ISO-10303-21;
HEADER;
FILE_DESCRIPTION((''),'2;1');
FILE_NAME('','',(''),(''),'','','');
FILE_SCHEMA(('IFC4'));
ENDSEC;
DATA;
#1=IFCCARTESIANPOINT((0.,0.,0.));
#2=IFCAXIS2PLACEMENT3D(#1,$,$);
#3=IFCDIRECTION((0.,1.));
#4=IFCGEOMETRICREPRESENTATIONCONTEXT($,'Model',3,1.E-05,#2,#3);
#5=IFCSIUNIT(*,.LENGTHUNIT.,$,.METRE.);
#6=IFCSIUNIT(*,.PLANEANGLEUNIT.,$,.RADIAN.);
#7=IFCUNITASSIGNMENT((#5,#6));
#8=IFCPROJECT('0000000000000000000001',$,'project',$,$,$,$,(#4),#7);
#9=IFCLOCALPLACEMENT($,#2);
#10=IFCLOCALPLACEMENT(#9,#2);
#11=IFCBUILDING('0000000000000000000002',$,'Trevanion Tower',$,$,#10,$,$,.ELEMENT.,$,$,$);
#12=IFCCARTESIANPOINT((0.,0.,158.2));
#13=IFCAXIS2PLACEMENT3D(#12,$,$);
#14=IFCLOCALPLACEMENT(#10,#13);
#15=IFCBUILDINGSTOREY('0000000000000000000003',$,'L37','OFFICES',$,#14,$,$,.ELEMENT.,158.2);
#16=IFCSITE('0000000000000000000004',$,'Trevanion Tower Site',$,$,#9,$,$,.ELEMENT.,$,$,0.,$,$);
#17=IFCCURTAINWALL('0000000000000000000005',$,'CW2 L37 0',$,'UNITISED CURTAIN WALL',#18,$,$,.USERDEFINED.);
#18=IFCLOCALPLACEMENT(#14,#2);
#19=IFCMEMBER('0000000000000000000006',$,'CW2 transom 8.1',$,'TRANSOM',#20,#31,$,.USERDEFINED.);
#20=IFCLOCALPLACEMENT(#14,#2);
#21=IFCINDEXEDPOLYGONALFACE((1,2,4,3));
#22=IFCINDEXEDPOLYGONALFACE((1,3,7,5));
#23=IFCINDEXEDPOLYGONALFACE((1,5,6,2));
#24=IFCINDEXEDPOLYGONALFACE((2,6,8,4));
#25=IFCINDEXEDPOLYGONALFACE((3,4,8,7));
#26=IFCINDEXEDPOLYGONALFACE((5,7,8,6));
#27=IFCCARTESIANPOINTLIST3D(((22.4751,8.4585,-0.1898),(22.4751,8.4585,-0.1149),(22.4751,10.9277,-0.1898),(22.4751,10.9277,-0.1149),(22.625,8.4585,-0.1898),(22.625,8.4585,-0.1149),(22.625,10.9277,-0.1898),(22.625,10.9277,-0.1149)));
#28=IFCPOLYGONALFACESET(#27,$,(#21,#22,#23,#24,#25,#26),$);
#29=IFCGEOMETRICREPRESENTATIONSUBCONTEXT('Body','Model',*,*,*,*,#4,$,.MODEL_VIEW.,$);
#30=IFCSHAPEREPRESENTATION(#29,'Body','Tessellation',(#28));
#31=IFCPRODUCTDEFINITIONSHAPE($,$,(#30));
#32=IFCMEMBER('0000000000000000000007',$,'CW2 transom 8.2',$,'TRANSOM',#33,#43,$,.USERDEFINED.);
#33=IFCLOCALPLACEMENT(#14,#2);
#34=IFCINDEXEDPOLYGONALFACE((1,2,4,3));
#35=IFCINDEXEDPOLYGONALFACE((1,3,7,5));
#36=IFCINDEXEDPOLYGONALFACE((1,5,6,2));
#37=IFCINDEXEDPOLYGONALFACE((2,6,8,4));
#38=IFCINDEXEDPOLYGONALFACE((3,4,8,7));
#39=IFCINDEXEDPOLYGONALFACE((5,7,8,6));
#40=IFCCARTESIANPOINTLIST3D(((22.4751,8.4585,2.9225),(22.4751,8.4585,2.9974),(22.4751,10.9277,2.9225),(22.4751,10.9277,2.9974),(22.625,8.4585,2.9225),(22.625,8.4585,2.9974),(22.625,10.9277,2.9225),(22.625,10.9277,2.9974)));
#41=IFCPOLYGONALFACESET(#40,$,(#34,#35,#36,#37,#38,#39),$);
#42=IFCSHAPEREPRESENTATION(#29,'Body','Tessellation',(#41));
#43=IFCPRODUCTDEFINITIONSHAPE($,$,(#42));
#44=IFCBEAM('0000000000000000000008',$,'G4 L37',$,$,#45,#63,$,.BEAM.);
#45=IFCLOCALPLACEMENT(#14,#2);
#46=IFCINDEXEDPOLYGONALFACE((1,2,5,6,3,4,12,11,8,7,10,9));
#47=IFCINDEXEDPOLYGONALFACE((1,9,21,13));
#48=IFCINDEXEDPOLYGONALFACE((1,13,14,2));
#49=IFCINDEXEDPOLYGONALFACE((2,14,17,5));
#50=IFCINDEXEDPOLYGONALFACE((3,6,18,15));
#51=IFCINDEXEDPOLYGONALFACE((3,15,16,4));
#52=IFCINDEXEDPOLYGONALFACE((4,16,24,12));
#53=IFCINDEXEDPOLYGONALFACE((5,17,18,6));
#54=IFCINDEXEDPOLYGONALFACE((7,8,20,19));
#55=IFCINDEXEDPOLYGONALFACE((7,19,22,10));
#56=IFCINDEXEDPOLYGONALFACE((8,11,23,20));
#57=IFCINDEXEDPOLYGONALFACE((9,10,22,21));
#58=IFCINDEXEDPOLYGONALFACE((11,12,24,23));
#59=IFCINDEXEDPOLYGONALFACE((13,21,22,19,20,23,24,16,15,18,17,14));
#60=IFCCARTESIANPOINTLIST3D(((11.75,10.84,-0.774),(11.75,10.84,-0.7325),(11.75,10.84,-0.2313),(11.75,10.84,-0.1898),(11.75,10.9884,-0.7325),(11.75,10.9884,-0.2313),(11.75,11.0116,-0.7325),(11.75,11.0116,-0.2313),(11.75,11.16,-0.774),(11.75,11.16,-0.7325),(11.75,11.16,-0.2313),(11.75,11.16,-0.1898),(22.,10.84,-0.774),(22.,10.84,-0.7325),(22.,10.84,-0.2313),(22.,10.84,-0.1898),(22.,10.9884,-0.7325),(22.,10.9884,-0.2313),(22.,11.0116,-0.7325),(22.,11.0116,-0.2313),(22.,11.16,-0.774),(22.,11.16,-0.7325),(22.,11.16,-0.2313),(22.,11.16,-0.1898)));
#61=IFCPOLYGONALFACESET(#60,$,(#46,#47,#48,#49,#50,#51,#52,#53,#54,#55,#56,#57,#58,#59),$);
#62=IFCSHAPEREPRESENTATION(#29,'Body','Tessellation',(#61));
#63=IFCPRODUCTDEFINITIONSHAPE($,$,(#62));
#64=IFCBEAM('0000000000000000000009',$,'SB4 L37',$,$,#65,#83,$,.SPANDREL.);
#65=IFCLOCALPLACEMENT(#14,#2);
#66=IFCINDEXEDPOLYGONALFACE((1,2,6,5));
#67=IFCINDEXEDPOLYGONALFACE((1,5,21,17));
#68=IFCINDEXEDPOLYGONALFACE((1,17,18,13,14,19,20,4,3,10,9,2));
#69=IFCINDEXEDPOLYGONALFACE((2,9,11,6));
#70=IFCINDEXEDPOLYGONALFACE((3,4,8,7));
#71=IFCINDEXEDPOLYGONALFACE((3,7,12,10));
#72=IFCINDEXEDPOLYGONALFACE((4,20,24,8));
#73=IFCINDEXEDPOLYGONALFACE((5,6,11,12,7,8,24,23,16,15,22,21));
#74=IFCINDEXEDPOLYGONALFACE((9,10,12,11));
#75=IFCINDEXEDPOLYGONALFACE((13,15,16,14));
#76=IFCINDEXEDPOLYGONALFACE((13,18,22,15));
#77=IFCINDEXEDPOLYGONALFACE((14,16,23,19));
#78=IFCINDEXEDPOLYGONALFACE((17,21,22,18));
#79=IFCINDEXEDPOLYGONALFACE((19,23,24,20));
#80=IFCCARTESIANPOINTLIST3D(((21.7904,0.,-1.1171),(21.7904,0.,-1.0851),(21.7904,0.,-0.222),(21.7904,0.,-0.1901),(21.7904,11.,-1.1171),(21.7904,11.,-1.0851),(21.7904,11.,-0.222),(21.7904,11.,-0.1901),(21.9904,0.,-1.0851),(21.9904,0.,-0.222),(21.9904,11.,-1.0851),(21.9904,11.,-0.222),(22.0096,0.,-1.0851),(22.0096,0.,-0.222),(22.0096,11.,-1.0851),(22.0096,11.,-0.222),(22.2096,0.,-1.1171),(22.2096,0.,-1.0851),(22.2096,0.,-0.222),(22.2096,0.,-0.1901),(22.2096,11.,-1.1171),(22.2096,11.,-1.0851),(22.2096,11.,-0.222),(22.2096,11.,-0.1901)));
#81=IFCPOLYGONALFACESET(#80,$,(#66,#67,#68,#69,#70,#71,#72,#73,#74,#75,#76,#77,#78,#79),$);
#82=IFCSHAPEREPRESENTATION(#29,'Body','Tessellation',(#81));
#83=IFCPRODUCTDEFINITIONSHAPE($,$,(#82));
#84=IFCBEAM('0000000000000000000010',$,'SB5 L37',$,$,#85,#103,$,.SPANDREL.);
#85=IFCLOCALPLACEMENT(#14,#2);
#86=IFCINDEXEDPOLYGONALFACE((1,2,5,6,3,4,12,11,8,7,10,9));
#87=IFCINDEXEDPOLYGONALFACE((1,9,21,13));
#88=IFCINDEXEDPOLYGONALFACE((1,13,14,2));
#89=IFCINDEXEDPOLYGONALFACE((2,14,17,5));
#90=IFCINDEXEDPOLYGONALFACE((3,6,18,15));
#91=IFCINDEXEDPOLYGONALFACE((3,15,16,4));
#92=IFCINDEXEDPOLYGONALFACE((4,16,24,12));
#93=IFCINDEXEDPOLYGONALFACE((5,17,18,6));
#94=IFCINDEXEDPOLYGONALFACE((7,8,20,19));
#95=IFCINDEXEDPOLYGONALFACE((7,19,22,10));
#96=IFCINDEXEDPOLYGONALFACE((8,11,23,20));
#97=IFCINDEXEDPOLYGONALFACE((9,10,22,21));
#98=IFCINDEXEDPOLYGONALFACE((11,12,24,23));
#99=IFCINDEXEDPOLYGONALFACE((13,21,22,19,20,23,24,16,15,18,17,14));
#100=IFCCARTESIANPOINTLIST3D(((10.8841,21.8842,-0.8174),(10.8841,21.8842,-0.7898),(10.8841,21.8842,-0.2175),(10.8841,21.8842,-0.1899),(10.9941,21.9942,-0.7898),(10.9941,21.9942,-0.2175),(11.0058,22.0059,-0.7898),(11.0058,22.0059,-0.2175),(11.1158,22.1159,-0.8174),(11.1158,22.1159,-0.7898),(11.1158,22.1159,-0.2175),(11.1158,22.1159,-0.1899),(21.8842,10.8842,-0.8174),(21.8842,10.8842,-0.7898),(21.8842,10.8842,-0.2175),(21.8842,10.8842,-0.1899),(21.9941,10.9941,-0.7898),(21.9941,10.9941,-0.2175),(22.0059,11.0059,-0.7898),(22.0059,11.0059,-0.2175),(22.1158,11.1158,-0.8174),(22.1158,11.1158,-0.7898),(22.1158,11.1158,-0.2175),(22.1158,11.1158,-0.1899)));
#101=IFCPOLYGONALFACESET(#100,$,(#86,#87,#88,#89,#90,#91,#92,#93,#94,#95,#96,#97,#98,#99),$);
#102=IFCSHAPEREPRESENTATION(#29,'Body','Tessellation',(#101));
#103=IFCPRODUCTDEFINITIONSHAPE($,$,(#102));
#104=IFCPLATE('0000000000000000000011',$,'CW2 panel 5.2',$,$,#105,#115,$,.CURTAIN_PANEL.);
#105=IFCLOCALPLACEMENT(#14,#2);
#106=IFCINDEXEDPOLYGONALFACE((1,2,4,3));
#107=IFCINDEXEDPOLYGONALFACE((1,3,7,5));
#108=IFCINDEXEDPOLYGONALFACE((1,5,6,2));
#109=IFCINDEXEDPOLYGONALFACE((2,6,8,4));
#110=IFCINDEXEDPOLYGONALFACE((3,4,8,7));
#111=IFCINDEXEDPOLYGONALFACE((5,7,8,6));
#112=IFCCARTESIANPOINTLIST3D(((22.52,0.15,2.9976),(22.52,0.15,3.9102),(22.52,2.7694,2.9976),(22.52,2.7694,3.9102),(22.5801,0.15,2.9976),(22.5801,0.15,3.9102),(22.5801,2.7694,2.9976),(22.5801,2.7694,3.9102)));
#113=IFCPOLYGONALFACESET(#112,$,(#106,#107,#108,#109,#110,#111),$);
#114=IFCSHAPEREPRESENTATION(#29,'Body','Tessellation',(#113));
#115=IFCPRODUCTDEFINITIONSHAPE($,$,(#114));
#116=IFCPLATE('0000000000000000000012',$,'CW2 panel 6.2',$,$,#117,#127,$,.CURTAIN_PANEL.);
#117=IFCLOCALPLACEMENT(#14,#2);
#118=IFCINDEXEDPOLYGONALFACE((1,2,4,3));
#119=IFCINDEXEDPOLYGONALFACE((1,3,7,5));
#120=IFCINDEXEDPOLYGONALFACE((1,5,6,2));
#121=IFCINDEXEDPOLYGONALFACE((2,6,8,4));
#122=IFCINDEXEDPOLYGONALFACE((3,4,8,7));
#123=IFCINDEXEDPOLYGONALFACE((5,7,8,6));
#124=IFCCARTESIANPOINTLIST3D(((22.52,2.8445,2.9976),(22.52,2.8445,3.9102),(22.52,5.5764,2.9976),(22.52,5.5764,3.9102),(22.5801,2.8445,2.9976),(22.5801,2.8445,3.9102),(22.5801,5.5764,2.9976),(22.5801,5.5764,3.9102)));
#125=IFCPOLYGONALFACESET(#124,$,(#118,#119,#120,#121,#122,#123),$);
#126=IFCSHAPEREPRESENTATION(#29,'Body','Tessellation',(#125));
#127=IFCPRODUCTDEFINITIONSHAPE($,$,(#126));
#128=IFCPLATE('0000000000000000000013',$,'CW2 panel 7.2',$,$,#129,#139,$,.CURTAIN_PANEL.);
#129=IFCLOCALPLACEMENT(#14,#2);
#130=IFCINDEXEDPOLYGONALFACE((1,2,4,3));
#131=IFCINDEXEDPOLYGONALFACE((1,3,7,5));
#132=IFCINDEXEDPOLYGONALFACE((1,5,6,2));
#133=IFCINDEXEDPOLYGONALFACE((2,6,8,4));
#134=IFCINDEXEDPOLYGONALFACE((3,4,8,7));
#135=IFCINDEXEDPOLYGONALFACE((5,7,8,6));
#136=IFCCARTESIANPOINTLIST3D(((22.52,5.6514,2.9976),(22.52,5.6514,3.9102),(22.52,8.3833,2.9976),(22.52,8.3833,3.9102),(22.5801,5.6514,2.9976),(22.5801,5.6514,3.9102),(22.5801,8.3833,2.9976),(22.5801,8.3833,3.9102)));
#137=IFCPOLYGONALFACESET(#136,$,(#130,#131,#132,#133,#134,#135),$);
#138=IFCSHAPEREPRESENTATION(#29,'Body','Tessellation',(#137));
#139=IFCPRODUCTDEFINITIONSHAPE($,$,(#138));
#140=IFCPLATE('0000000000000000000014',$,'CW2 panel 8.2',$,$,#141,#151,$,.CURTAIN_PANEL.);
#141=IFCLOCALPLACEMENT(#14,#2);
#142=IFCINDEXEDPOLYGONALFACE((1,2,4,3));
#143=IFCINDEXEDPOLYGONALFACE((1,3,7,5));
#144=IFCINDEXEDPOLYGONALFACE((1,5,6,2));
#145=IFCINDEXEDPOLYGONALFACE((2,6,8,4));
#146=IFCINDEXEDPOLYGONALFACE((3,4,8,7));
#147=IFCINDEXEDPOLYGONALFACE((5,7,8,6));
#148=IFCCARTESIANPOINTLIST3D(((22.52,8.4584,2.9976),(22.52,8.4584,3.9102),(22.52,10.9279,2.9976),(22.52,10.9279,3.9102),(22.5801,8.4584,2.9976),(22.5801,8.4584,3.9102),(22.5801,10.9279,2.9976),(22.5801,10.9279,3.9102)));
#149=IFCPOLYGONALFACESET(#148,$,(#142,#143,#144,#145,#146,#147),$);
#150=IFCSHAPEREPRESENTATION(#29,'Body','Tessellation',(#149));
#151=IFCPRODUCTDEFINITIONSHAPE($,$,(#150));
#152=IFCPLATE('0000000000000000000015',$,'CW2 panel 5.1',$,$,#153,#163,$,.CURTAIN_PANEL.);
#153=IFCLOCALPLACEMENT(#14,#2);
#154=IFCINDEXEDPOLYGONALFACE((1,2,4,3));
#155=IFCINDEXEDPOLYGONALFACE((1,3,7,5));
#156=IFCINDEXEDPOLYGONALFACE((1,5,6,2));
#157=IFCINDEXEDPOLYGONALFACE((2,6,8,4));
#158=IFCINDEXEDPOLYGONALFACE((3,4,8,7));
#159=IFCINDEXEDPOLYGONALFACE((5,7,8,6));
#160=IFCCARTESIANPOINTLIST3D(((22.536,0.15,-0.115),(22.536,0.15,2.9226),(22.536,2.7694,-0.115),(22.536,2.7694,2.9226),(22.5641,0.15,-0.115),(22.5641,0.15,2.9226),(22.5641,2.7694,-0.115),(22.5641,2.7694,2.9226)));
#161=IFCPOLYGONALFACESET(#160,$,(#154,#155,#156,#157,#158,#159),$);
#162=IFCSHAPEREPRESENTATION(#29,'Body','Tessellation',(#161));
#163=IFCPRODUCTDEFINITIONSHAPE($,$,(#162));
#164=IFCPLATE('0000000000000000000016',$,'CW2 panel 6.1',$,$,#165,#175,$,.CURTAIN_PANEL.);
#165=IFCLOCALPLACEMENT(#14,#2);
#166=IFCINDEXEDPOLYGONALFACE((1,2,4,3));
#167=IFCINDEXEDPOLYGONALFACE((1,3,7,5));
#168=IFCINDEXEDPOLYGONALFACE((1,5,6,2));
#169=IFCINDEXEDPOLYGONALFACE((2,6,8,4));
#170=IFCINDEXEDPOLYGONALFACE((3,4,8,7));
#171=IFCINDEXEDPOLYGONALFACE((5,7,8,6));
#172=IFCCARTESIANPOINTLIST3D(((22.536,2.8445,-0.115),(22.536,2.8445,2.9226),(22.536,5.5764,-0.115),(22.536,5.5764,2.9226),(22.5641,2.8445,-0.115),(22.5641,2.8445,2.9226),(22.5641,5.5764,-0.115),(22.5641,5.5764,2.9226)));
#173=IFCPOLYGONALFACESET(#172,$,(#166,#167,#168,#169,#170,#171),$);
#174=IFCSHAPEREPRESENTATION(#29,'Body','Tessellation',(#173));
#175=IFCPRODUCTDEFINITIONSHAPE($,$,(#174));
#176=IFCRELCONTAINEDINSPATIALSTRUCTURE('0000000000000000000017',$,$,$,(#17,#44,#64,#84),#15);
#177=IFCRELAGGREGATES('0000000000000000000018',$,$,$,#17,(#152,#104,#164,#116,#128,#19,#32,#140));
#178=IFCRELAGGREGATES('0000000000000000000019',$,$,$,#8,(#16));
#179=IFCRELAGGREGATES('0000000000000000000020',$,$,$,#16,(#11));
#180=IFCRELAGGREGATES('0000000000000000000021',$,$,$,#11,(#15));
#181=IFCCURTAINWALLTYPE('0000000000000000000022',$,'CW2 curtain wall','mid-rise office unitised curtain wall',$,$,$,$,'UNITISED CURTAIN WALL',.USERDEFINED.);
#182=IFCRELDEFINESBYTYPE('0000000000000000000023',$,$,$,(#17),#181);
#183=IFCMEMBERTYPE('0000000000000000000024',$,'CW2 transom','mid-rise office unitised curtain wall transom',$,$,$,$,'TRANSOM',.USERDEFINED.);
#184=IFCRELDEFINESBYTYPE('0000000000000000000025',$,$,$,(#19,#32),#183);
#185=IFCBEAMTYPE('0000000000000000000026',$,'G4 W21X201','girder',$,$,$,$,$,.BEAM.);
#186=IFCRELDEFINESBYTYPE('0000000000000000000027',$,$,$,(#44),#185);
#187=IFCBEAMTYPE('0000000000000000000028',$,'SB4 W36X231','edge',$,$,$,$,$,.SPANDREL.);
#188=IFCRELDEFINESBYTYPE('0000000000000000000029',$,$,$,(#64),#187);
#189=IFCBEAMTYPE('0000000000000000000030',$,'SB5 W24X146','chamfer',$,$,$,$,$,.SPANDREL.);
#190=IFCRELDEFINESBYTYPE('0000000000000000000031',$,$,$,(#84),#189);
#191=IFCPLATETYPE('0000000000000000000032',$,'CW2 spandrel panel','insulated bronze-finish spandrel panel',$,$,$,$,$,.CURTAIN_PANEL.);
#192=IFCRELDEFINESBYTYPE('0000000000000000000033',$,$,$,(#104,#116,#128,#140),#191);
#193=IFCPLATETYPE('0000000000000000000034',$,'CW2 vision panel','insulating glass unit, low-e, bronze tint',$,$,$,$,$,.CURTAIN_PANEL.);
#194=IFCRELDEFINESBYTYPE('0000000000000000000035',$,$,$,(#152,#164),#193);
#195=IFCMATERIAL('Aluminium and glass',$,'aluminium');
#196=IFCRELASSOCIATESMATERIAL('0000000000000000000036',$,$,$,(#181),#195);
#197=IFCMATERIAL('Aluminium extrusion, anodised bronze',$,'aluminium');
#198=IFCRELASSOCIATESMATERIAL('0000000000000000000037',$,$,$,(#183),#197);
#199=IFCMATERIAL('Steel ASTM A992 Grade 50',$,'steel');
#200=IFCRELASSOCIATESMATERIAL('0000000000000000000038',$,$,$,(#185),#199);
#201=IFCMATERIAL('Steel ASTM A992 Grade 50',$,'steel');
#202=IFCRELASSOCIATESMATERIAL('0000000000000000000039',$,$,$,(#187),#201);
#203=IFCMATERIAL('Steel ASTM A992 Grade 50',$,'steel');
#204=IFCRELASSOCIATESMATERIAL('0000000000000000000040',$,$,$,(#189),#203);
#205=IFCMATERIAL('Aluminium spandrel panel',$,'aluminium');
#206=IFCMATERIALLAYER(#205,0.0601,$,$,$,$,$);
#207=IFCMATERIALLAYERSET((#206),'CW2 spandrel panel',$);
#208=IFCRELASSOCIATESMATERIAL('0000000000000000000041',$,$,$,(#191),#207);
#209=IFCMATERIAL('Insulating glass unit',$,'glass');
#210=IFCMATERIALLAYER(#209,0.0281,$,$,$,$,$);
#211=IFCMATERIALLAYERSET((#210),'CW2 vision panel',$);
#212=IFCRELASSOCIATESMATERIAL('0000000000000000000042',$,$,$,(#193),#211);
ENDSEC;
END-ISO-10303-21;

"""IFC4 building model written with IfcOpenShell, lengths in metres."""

from ifc_helpers import new_model, si_unit, direction, frame, origin, origin_2d, place, context, subcontext, project, spatial, rectangle, i_section, extrude, material, layer, layer_set, material_profile, profile_set, type_object, element, aggregate, save


model = new_model("IFC4")

# Units and contexts
model_context = context("Model", 3, precision=1e-05, world=origin(), true_north=direction((0.0, 1.0)))
body_context = subcontext(model_context, "Body", "Model", "MODEL_VIEW")
ifc_project = project(units=[si_unit("LENGTHUNIT", "METRE"), si_unit("PLANEANGLEUNIT", "RADIAN")], contexts=[model_context])

# Site, building, storey
site_placement = place(None, origin())
site = spatial("IfcSite", under=ifc_project, at=site_placement, Name="Trevanion Tower Site", CompositionType="ELEMENT", RefElevation=0.0)
building_placement = place(site_placement, origin())
building = spatial("IfcBuilding", under=site, at=building_placement, Name="Trevanion Tower", CompositionType="ELEMENT")
storey_placement = place(building_placement, frame((0.0, 0.0, 158.2)))
storey = spatial("IfcBuildingStorey", under=building, at=storey_placement, Name="L37", Description="OFFICES", CompositionType="ELEMENT", Elevation=158.2)

# Curtain wall, members
ifc_material_1 = material(Name="Aluminium and glass", Category="aluminium")
curtain_wall_type = type_object("IfcCurtainWallType", Name="CW2 curtain wall", Description="mid-rise office unitised curtain wall", ElementType="UNITISED CURTAIN WALL", PredefinedType="USERDEFINED", material=ifc_material_1)
curtain_wall_placement = place(storey_placement, origin())
curtain_wall = element("IfcCurtainWall", 1, at=curtain_wall_placement, inside=storey, type_object=curtain_wall_type, Name="CW2 L37 0", ObjectType="UNITISED CURTAIN WALL", PredefinedType="USERDEFINED")
ifc_material_2 = material(Name="Aluminium extrusion, anodised bronze", Category="aluminium")
ifc_material_profile_1 = material_profile(ifc_material_2, rectangle(XDim=0.1499, YDim=0.075, at=origin_2d()), Name="CW2 transom")
ifc_profile_set_1 = profile_set([ifc_material_profile_1], Name="Aluminium extrusion, anodised bronze")
member_type_1 = type_object("IfcMemberType", Name="CW2 transom", Description="mid-rise office unitised curtain wall transom", ElementType="TRANSOM", PredefinedType="USERDEFINED", material=ifc_profile_set_1)
member_1_placement = place(storey_placement, frame((22.55, 8.4585, -0.1523), z_axis=(0.0, 1.0, 0.0), x_axis=(-1.0, 0.0, 0.0)))
member_1 = element("IfcMember", 2, at=member_1_placement, type_object=member_type_1, Name="CW2 transom 8.1", ObjectType="TRANSOM", PredefinedType="USERDEFINED", context=body_context, shape_type="SweptSolid", body=[
    extrude(rectangle(XDim=0.1499, YDim=0.075, at=origin_2d()), origin(), (0.0, 0.0, 1.0), 2.4692),
])
member_2_placement = place(storey_placement, frame((22.55, 8.4585, 2.96), z_axis=(0.0, 1.0, 0.0), x_axis=(-1.0, 0.0, 0.0)))
member_2 = element("IfcMember", 3, at=member_2_placement, type_object=member_type_1, Name="CW2 transom 8.2", ObjectType="TRANSOM", PredefinedType="USERDEFINED", context=body_context, shape_type="SweptSolid", body=[
    extrude(rectangle(XDim=0.1499, YDim=0.075, at=origin_2d()), origin(), (0.0, 0.0, 1.0), 2.4692),
])

# Beams
ifc_material_3 = material(Name="Steel ASTM A992 Grade 50", Category="steel")
ifc_material_profile_2 = material_profile(ifc_material_3, i_section(OverallWidth=0.3201, OverallDepth=0.5842, WebThickness=0.0232, FlangeThickness=0.0415, at=origin_2d()), Name="W21X201")
ifc_profile_set_2 = profile_set([ifc_material_profile_2], Name="Steel ASTM A992 Grade 50")
beam_type_1 = type_object("IfcBeamType", Name="G4 W21X201", Description="girder", PredefinedType="BEAM", material=ifc_profile_set_2)
beam_1_placement = place(storey_placement, frame((11.75, 11.0, -0.4819), z_axis=(1.0, 0.0, 0.0), x_axis=(0.0, 1.0, 0.0)))
element("IfcBeam", 4, at=beam_1_placement, inside=storey, type_object=beam_type_1, Name="G4 L37", PredefinedType="BEAM", context=body_context, shape_type="SweptSolid", body=[
    extrude(i_section(OverallWidth=0.3201, OverallDepth=0.5842, WebThickness=0.0232, FlangeThickness=0.0415, at=origin_2d()), origin(), (0.0, 0.0, 1.0), 10.25),
])
ifc_material_4 = material(Name="Steel ASTM A992 Grade 50", Category="steel")
ifc_material_profile_3 = material_profile(ifc_material_4, i_section(OverallWidth=0.4192, OverallDepth=0.927, WebThickness=0.0193, FlangeThickness=0.032, at=origin_2d()), Name="W36X231")
ifc_profile_set_3 = profile_set([ifc_material_profile_3], Name="Steel ASTM A992 Grade 50")
beam_type_2 = type_object("IfcBeamType", Name="SB4 W36X231", Description="edge", PredefinedType="SPANDREL", material=ifc_profile_set_3)
beam_2_placement = place(storey_placement, frame((22.0, 0.0, -0.6536), z_axis=(0.0, 1.0, 0.0), x_axis=(-1.0, 0.0, 0.0)))
element("IfcBeam", 5, at=beam_2_placement, inside=storey, type_object=beam_type_2, Name="SB4 L37", PredefinedType="SPANDREL", context=body_context, shape_type="SweptSolid", body=[
    extrude(i_section(OverallWidth=0.4192, OverallDepth=0.927, WebThickness=0.0193, FlangeThickness=0.032, at=origin_2d()), origin(), (0.0, 0.0, 1.0), 11.0),
])
ifc_material_5 = material(Name="Steel ASTM A992 Grade 50", Category="steel")
ifc_material_profile_4 = material_profile(ifc_material_5, i_section(OverallWidth=0.3276, OverallDepth=0.6274, WebThickness=0.0166, FlangeThickness=0.0276, at=origin_2d()), Name="W24X146")
ifc_profile_set_4 = profile_set([ifc_material_profile_4], Name="Steel ASTM A992 Grade 50")
beam_type_3 = type_object("IfcBeamType", Name="SB5 W24X146", Description="chamfer", PredefinedType="SPANDREL", material=ifc_profile_set_4)
beam_3_placement = place(storey_placement, frame((22.0, 11.0, -0.5037), z_axis=(-0.707107, 0.707107, 0.0), x_axis=(-0.707107, -0.707107, 0.0)))
element("IfcBeam", 6, at=beam_3_placement, inside=storey, type_object=beam_type_3, Name="SB5 L37", PredefinedType="SPANDREL", context=body_context, shape_type="SweptSolid", body=[
    extrude(i_section(OverallWidth=0.3276, OverallDepth=0.6274, WebThickness=0.0166, FlangeThickness=0.0276, at=origin_2d()), origin(), (0.0, 0.0, 1.0), 15.5564),
])

# Plates
ifc_material_6 = material(Name="Aluminium spandrel panel", Category="aluminium")
ifc_layer_1 = layer(ifc_material_6, 0.0601)
ifc_layer_set_1 = layer_set([ifc_layer_1], Name="CW2 spandrel panel")
plate_type_1 = type_object("IfcPlateType", Name="CW2 spandrel panel", Description="insulated bronze-finish spandrel panel", PredefinedType="CURTAIN_PANEL", material=ifc_layer_set_1)
plate_1_placement = place(storey_placement, frame((22.55, 1.4597, 2.9976), z_axis=(0.0, 0.0, 1.0), x_axis=(0.0, 1.0, 0.0)))
plate_1 = element("IfcPlate", 7, at=plate_1_placement, type_object=plate_type_1, Name="CW2 panel 5.2", PredefinedType="CURTAIN_PANEL", context=body_context, shape_type="SweptSolid", body=[
    extrude(rectangle(XDim=2.6194, YDim=0.0601, at=origin_2d()), origin(), (0.0, 0.0, 1.0), 0.9126),
])
plate_2_placement = place(storey_placement, frame((22.55, 4.2104, 2.9976), z_axis=(0.0, 0.0, 1.0), x_axis=(0.0, 1.0, 0.0)))
plate_2 = element("IfcPlate", 8, at=plate_2_placement, type_object=plate_type_1, Name="CW2 panel 6.2", PredefinedType="CURTAIN_PANEL", context=body_context, shape_type="SweptSolid", body=[
    extrude(rectangle(XDim=2.7319, YDim=0.0601, at=origin_2d()), origin(), (0.0, 0.0, 1.0), 0.9126),
])
plate_3_placement = place(storey_placement, frame((22.55, 7.0173, 2.9976), z_axis=(0.0, 0.0, 1.0), x_axis=(0.0, 1.0, 0.0)))
plate_3 = element("IfcPlate", 9, at=plate_3_placement, type_object=plate_type_1, Name="CW2 panel 7.2", PredefinedType="CURTAIN_PANEL", context=body_context, shape_type="SweptSolid", body=[
    extrude(rectangle(XDim=2.7319, YDim=0.0601, at=origin_2d()), origin(), (0.0, 0.0, 1.0), 0.9126),
])
plate_4_placement = place(storey_placement, frame((22.55, 9.6931, 2.9976), z_axis=(0.0, 0.0, 1.0), x_axis=(0.0, 1.0, 0.0)))
plate_4 = element("IfcPlate", 10, at=plate_4_placement, type_object=plate_type_1, Name="CW2 panel 8.2", PredefinedType="CURTAIN_PANEL", context=body_context, shape_type="SweptSolid", body=[
    extrude(rectangle(XDim=2.4695, YDim=0.0601, at=origin_2d()), origin(), (0.0, 0.0, 1.0), 0.9126),
])
ifc_material_7 = material(Name="Insulating glass unit", Category="glass")
ifc_layer_2 = layer(ifc_material_7, 0.0281)
ifc_layer_set_2 = layer_set([ifc_layer_2], Name="CW2 vision panel")
plate_type_2 = type_object("IfcPlateType", Name="CW2 vision panel", Description="insulating glass unit, low-e, bronze tint", PredefinedType="CURTAIN_PANEL", material=ifc_layer_set_2)
plate_5_placement = place(storey_placement, frame((22.55, 1.4597, -0.115), z_axis=(0.0, 0.0, 1.0), x_axis=(0.0, 1.0, 0.0)))
plate_5 = element("IfcPlate", 11, at=plate_5_placement, type_object=plate_type_2, Name="CW2 panel 5.1", PredefinedType="CURTAIN_PANEL", context=body_context, shape_type="SweptSolid", body=[
    extrude(rectangle(XDim=2.6194, YDim=0.0281, at=origin_2d()), origin(), (0.0, 0.0, 1.0), 3.0376),
])
plate_6_placement = place(storey_placement, frame((22.55, 4.2104, -0.115), z_axis=(0.0, 0.0, 1.0), x_axis=(0.0, 1.0, 0.0)))
plate_6 = element("IfcPlate", 12, at=plate_6_placement, type_object=plate_type_2, Name="CW2 panel 6.1", PredefinedType="CURTAIN_PANEL", context=body_context, shape_type="SweptSolid", body=[
    extrude(rectangle(XDim=2.7319, YDim=0.0281, at=origin_2d()), origin(), (0.0, 0.0, 1.0), 3.0376),
])
aggregate(curtain_wall, [plate_5, plate_1, plate_6, plate_2, plate_3, member_1, member_2, plate_4])

save(model, "model.ifc")
